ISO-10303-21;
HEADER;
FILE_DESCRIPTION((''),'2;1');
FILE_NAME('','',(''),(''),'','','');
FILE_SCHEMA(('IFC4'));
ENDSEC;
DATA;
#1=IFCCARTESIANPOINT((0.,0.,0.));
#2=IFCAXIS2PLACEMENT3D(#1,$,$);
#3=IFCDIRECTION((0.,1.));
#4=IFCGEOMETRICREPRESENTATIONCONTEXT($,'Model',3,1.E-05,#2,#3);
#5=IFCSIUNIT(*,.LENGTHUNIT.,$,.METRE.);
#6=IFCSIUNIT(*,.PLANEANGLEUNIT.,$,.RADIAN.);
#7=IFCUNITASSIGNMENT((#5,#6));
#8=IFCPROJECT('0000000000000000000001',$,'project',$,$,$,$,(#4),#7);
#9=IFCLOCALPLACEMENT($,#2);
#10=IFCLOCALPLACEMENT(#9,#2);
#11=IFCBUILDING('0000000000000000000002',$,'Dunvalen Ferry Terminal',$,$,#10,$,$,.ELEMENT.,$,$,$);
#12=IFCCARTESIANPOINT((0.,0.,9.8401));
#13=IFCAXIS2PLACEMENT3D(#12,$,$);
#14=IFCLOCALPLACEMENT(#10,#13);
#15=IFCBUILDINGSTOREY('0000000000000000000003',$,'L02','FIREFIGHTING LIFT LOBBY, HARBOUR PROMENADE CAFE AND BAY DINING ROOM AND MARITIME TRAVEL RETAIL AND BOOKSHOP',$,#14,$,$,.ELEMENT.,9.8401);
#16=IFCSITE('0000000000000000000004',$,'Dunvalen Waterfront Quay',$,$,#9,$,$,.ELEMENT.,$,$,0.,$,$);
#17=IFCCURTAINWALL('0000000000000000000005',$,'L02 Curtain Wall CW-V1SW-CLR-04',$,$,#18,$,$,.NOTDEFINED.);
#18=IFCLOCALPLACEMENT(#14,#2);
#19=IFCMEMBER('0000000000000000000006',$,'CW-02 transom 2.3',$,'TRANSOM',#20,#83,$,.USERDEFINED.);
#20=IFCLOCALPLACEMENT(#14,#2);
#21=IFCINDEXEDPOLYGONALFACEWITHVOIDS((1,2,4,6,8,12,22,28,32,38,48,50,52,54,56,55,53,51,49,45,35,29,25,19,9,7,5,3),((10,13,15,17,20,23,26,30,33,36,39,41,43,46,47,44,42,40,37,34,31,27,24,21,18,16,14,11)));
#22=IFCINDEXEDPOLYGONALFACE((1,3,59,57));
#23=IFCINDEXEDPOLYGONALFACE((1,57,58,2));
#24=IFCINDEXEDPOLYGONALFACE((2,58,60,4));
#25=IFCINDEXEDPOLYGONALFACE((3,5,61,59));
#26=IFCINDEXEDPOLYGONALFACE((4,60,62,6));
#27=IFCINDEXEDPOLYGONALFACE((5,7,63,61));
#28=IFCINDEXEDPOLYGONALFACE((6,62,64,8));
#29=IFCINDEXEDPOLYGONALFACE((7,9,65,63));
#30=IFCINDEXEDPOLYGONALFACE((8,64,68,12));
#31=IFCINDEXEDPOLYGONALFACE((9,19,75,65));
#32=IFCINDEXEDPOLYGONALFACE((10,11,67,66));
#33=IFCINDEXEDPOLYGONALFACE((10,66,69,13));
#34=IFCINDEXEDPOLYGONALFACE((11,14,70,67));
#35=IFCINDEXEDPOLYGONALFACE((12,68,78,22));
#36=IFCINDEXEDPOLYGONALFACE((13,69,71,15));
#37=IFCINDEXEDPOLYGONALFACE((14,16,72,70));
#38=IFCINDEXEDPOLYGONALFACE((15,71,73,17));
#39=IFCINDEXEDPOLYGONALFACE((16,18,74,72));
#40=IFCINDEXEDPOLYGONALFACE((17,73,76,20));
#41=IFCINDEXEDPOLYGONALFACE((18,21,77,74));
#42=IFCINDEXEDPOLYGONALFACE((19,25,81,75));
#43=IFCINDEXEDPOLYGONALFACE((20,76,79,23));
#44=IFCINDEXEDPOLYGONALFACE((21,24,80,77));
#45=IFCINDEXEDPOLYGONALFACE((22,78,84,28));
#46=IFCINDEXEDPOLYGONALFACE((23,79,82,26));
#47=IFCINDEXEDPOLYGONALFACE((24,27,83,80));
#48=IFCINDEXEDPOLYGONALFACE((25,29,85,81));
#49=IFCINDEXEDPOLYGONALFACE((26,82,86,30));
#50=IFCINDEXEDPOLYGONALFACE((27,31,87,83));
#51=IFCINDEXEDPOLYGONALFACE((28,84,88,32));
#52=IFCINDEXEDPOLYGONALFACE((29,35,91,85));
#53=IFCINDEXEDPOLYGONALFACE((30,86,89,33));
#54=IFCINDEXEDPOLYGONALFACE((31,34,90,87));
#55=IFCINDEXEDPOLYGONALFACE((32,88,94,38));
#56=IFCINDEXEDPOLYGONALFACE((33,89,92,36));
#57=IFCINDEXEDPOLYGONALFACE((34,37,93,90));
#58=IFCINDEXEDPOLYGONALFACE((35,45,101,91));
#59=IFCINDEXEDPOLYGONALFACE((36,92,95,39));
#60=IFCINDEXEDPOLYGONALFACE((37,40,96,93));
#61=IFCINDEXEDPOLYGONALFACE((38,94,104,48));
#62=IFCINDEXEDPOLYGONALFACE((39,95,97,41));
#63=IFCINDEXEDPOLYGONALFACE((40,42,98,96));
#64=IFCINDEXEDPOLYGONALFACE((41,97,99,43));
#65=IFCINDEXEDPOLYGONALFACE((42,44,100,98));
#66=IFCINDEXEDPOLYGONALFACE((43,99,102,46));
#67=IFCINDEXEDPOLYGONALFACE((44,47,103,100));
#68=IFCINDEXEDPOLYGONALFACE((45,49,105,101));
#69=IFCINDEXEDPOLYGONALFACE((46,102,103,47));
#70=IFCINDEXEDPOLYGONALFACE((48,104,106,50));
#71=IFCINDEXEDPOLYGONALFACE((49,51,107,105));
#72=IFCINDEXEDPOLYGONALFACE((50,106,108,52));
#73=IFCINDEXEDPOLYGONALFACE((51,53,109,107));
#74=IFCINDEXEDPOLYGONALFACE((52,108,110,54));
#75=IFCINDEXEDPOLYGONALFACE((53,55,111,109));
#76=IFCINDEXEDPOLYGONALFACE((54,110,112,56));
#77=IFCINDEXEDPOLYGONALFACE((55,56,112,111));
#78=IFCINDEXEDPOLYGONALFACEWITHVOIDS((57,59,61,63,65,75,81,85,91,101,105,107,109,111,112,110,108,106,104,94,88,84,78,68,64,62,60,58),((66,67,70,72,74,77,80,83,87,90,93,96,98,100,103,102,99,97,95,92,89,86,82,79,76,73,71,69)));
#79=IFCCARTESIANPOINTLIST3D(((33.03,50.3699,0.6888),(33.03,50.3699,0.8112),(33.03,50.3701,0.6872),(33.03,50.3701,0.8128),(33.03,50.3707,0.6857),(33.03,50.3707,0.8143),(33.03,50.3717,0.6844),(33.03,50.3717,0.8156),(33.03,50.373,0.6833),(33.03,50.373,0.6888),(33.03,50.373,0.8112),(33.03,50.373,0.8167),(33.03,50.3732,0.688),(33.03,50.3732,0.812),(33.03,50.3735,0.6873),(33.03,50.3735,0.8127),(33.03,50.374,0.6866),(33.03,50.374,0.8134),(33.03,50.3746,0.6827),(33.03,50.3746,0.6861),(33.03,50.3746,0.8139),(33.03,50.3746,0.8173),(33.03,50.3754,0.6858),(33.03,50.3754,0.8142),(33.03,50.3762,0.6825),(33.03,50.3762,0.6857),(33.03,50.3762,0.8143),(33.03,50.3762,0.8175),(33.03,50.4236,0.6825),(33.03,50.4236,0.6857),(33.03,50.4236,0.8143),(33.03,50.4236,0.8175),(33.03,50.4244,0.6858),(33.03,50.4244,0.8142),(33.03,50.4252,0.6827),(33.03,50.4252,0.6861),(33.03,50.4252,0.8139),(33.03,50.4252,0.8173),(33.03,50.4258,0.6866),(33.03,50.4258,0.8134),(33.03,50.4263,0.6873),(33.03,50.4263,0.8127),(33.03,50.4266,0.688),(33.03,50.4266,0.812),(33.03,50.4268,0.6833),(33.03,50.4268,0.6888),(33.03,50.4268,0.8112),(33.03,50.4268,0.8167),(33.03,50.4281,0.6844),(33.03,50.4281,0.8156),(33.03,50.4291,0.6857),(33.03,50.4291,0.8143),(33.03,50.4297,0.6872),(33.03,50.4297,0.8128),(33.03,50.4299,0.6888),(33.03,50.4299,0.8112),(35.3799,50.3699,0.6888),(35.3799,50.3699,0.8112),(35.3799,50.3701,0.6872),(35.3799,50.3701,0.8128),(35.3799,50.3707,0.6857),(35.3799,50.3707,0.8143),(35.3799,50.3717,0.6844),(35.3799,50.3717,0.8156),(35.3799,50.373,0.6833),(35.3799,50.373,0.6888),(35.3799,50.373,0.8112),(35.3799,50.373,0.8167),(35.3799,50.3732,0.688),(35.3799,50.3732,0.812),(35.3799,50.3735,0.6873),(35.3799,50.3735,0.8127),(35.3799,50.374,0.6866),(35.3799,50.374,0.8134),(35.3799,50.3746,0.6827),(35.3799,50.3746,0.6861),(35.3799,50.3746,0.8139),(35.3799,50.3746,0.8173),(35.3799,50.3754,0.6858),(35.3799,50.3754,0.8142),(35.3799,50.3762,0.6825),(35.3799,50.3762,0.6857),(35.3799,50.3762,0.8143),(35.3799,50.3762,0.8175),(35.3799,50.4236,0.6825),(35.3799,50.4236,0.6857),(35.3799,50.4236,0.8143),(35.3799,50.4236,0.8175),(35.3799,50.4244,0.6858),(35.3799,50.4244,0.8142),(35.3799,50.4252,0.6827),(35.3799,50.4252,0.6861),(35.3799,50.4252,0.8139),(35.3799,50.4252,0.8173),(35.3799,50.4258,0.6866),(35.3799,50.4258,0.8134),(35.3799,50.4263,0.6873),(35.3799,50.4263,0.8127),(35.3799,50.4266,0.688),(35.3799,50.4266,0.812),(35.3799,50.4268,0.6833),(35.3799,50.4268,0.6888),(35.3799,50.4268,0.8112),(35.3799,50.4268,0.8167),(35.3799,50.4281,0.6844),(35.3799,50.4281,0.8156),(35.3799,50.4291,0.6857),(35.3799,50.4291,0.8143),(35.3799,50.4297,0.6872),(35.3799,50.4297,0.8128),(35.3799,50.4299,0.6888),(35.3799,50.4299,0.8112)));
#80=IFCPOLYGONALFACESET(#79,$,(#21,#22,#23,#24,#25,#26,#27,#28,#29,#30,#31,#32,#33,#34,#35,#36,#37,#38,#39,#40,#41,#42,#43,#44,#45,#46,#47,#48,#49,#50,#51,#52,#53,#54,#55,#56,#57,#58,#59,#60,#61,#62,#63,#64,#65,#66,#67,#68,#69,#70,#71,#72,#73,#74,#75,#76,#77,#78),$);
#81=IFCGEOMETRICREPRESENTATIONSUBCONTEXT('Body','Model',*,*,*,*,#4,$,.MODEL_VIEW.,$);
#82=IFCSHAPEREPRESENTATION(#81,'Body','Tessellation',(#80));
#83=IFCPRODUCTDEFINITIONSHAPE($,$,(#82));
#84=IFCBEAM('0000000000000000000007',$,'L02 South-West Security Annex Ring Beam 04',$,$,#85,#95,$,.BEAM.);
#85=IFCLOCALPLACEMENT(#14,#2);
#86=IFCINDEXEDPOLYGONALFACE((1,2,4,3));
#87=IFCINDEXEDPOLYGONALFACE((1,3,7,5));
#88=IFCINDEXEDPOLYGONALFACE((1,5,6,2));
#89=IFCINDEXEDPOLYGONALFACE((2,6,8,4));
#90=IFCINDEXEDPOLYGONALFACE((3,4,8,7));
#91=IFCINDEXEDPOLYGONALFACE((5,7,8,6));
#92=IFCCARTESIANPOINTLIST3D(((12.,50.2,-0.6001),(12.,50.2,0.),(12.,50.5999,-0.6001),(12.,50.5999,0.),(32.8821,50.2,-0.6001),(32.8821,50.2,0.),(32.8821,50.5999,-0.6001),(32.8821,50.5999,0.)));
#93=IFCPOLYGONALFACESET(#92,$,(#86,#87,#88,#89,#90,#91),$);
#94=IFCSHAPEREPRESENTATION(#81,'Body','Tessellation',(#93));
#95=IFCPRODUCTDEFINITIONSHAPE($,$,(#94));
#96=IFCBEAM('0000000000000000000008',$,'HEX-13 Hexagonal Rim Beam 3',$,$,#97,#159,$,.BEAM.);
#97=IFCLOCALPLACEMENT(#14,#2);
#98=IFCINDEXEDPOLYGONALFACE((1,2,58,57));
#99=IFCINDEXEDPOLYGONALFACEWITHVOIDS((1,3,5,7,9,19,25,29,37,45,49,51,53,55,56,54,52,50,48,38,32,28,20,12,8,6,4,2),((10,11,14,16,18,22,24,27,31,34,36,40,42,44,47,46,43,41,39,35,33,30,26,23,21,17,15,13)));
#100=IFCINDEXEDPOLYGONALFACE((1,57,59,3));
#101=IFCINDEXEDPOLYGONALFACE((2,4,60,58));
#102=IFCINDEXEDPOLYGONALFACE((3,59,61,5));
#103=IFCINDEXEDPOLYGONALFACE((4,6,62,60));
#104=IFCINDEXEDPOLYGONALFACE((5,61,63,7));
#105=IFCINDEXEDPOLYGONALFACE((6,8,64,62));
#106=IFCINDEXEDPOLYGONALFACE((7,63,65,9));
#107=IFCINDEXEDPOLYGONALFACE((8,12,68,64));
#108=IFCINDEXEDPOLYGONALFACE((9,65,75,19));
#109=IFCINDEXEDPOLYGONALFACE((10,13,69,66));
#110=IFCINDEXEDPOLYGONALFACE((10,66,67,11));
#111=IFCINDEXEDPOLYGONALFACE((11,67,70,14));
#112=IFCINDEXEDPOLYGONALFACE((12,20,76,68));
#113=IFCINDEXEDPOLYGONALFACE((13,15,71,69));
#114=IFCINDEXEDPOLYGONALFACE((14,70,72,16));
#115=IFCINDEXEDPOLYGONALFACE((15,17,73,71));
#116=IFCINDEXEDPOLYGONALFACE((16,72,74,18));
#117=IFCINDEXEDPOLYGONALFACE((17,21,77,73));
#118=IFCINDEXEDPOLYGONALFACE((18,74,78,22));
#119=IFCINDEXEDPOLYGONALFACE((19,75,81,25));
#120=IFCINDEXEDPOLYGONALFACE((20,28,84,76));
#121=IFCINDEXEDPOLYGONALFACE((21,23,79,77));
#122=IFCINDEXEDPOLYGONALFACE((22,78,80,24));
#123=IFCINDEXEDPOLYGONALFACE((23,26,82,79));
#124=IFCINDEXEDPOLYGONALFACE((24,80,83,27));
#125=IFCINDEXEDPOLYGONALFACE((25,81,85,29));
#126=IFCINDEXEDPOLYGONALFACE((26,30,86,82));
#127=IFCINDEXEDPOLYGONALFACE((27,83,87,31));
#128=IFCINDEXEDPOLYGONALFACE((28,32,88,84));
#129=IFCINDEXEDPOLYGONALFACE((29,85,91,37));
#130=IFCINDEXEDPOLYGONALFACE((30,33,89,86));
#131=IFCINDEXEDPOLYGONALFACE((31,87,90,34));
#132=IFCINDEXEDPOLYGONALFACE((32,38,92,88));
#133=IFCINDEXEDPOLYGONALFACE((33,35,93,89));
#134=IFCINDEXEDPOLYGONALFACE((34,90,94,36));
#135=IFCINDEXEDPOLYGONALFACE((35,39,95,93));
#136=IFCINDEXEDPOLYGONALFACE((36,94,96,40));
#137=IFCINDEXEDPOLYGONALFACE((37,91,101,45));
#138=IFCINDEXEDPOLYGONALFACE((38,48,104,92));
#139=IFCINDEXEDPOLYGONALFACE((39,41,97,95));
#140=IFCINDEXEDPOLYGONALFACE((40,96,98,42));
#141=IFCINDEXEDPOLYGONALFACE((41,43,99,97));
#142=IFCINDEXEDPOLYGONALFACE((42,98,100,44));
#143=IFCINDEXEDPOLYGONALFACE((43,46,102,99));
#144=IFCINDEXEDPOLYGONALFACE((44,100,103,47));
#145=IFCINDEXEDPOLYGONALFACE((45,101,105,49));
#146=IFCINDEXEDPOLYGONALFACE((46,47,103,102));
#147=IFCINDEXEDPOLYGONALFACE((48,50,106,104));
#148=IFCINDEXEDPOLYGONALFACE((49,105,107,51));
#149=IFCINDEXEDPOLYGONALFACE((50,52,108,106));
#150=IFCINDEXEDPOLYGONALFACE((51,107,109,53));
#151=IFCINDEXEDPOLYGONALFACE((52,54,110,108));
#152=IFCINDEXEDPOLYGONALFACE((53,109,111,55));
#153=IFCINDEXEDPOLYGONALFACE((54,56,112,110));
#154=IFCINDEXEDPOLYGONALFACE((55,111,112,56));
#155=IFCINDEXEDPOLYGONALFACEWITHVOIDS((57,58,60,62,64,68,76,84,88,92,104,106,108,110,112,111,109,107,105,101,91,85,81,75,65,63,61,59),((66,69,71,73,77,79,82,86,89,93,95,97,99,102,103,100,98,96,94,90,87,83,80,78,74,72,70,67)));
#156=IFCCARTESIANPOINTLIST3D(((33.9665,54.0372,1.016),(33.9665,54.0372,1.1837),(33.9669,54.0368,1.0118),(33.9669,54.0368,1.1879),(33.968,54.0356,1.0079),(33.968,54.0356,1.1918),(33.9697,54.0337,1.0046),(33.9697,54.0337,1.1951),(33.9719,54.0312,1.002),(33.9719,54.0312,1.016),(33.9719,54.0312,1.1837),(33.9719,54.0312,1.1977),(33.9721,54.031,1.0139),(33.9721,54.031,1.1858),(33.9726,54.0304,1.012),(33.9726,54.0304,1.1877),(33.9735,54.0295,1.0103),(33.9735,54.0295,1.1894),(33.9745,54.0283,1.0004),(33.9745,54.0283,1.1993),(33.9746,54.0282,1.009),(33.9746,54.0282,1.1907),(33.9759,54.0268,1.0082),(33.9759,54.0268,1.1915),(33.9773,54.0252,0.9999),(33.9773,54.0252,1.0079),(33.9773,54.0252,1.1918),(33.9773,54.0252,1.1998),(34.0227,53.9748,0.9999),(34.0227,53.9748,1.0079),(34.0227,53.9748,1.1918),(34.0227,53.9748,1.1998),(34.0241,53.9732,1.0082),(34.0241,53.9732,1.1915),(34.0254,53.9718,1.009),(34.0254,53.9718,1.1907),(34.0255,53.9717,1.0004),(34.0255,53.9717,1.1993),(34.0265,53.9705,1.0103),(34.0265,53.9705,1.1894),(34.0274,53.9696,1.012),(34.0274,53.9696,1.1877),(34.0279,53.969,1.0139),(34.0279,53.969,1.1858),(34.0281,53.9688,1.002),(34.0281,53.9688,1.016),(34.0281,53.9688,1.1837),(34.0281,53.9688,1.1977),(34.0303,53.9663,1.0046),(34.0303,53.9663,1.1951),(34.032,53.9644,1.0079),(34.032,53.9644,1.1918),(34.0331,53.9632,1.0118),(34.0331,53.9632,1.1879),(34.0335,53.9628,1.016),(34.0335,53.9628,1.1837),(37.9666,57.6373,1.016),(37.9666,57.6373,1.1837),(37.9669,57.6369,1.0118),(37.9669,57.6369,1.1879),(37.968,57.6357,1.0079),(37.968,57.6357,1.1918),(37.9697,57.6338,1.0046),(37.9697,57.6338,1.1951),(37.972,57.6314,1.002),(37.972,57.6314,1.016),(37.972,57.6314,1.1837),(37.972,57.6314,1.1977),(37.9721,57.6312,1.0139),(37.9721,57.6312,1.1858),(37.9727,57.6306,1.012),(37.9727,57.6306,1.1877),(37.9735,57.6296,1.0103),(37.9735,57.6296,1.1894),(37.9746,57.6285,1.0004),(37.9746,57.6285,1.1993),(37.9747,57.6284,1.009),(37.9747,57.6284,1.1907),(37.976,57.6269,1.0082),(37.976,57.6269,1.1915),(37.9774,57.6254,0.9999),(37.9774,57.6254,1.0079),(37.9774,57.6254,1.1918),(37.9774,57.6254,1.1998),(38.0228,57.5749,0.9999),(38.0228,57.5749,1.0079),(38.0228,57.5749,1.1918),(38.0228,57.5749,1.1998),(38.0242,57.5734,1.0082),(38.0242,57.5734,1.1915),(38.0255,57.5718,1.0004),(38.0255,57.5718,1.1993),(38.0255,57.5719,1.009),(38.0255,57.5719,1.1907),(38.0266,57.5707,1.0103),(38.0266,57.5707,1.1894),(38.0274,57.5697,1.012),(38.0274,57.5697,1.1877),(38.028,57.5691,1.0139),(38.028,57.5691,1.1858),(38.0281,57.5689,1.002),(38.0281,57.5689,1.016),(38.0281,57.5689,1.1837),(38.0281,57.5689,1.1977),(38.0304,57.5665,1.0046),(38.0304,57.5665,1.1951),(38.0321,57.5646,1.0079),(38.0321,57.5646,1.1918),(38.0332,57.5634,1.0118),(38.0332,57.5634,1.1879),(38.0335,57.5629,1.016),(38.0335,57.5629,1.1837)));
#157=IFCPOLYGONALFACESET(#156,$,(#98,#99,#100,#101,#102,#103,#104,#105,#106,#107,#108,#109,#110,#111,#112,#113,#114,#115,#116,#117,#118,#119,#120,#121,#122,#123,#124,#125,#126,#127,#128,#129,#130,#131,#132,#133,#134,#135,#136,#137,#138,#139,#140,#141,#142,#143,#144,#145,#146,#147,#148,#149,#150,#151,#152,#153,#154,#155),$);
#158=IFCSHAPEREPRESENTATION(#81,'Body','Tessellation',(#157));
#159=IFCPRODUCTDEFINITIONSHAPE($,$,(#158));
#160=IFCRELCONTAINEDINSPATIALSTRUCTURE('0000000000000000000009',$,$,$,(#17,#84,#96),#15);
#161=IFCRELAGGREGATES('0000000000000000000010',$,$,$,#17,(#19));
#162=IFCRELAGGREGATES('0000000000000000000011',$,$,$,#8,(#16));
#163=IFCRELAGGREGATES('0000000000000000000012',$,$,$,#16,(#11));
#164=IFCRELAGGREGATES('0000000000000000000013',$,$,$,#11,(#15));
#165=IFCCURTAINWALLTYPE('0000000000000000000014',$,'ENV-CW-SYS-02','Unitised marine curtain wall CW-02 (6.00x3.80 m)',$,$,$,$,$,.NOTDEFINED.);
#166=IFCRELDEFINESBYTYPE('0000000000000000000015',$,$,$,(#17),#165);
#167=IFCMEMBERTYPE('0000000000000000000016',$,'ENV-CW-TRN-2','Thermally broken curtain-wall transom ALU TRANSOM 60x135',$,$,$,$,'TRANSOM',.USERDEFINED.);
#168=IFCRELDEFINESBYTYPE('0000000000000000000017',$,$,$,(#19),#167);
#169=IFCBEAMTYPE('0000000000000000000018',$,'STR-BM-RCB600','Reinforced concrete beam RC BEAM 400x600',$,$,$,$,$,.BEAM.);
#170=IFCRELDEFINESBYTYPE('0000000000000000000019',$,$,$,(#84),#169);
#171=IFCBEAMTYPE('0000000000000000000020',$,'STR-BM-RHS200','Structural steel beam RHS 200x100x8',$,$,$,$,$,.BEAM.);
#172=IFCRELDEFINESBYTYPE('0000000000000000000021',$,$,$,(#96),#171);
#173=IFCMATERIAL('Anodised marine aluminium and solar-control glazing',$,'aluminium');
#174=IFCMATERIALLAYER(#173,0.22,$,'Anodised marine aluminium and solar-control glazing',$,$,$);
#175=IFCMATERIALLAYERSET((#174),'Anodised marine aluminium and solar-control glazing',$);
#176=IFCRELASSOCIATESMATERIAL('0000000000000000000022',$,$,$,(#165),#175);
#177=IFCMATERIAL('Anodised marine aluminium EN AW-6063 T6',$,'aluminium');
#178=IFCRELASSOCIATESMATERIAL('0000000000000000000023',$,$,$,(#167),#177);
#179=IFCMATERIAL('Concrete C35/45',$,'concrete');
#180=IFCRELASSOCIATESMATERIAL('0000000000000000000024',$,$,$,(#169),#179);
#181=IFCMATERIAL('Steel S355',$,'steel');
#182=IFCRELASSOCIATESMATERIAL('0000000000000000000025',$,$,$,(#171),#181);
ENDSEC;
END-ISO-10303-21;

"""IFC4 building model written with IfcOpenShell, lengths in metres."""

from ifc_helpers import new_model, si_unit, direction, frame, origin, origin_2d, place, context, subcontext, project, spatial, rectangle, hollow_rectangle, extrude, material, layer, layer_set, material_profile, profile_set, type_object, element, aggregate, save


model = new_model("IFC4")

# Units and contexts
model_context = context("Model", 3, precision=1e-05, world=origin(), true_north=direction((0.0, 1.0)))
body_context = subcontext(model_context, "Body", "Model", "MODEL_VIEW")
ifc_project = project(units=[si_unit("LENGTHUNIT", "METRE"), si_unit("PLANEANGLEUNIT", "RADIAN")], contexts=[model_context])

# Site, building, storey
site_placement = place(None, origin())
site = spatial("IfcSite", under=ifc_project, at=site_placement, Name="Dunvalen Waterfront Quay", CompositionType="ELEMENT", RefElevation=0.0)
building_placement = place(site_placement, origin())
building = spatial("IfcBuilding", under=site, at=building_placement, Name="Dunvalen Ferry Terminal", CompositionType="ELEMENT")
storey_placement = place(building_placement, frame((0.0, 0.0, 9.8401)))
storey = spatial("IfcBuildingStorey", under=building, at=storey_placement, Name="L02", Description="FIREFIGHTING LIFT LOBBY, HARBOUR PROMENADE CAFE AND BAY DINING ROOM AND MARITIME TRAVEL RETAIL AND BOOKSHOP", CompositionType="ELEMENT", Elevation=9.8401)

# Shared definitions
ifc_material_1 = material(Name="Anodised marine aluminium and solar-control glazing", Category="aluminium")
ifc_layer_1 = layer(ifc_material_1, 0.22, Name="Anodised marine aluminium and solar-control glazing")
ifc_layer_set_1 = layer_set([ifc_layer_1], Name="Anodised marine aluminium and solar-control glazing")
curtain_wall_type = type_object("IfcCurtainWallType", Name="ENV-CW-SYS-02", Description="Unitised marine curtain wall CW-02 (6.00x3.80 m)", PredefinedType="NOTDEFINED", material=ifc_layer_set_1)
ifc_material_2 = material(Name="Anodised marine aluminium EN AW-6063 T6", Category="aluminium")

# Curtain wall, member
curtain_wall_1_placement = place(storey_placement, origin())
curtain_wall_1 = element("IfcCurtainWall", 1, at=curtain_wall_1_placement, inside=storey, type_object=curtain_wall_type, Name="L02 Curtain Wall CW-V1SW-CLR-04", PredefinedType="NOTDEFINED")
ifc_material_profile_1 = material_profile(ifc_material_2, hollow_rectangle(XDim=0.0601, YDim=0.135, WallThickness=0.0032, InnerFilletRadius=0.0032, OuterFilletRadius=0.0063, at=origin_2d()), Name="Anodised marine aluminium EN AW-6063 T6")
ifc_profile_set_1 = profile_set([ifc_material_profile_1], Name="Anodised marine aluminium EN AW-6063 T6")
member_type_1 = type_object("IfcMemberType", Name="ENV-CW-TRN-2", Description="Thermally broken curtain-wall transom ALU TRANSOM 60x135", ElementType="TRANSOM", PredefinedType="USERDEFINED", material=ifc_profile_set_1)
member_1_placement = place(storey_placement, frame((33.03, 50.3999, 0.75), z_axis=(1.0, 0.0, 0.0), x_axis=(0.0, 1.0, 0.0)))
member_1 = element("IfcMember", 2, at=member_1_placement, type_object=member_type_1, Name="CW-02 transom 2.3", ObjectType="TRANSOM", PredefinedType="USERDEFINED", context=body_context, shape_type="SweptSolid", body=[
    extrude(hollow_rectangle(XDim=0.0601, YDim=0.135, WallThickness=0.0032, InnerFilletRadius=0.0032, OuterFilletRadius=0.0063, at=origin_2d()), origin(), (0.0, 0.0, 1.0), 2.3499),
])

# Beams
ifc_material_3 = material(Name="Concrete C35/45", Category="concrete")
ifc_material_profile_2 = material_profile(ifc_material_3, rectangle(XDim=0.3999, YDim=0.6001, at=origin_2d()), Name="Concrete C35/45")
ifc_profile_set_2 = profile_set([ifc_material_profile_2], Name="Concrete C35/45")
beam_type_1 = type_object("IfcBeamType", Name="STR-BM-RCB600", Description="Reinforced concrete beam RC BEAM 400x600", PredefinedType="BEAM", material=ifc_profile_set_2)
beam_1_placement = place(storey_placement, frame((32.8821, 50.3999, -0.3), z_axis=(-1.0, 0.0, 0.0), x_axis=(0.0, -1.0, 0.0)))
element("IfcBeam", 3, at=beam_1_placement, inside=storey, type_object=beam_type_1, Name="L02 South-West Security Annex Ring Beam 04", PredefinedType="BEAM", context=body_context, shape_type="SweptSolid", body=[
    extrude(rectangle(XDim=0.3999, YDim=0.6001, at=origin_2d()), origin(), (0.0, 0.0, 1.0), 20.8821),
])
ifc_material_4 = material(Name="Steel S355", Category="steel")
ifc_material_profile_3 = material_profile(ifc_material_4, hollow_rectangle(XDim=0.1001, YDim=0.2, WallThickness=0.0081, InnerFilletRadius=0.0081, OuterFilletRadius=0.0161, at=origin_2d()), Name="Steel S355")
ifc_profile_set_3 = profile_set([ifc_material_profile_3], Name="Steel S355")
beam_type_2 = type_object("IfcBeamType", Name="STR-BM-RHS200", Description="Structural steel beam RHS 200x100x8", PredefinedType="BEAM", material=ifc_profile_set_3)
beam_2_placement = place(storey_placement, frame((34.0, 54.0, 1.0999), z_axis=(0.743285, 0.668975, 0.0), x_axis=(-0.668975, 0.743285, 0.0)))
element("IfcBeam", 4, at=beam_2_placement, inside=storey, type_object=beam_type_2, Name="HEX-13 Hexagonal Rim Beam 3", PredefinedType="BEAM", context=body_context, shape_type="SweptSolid", body=[
    extrude(hollow_rectangle(XDim=0.1001, YDim=0.2, WallThickness=0.0081, InnerFilletRadius=0.0081, OuterFilletRadius=0.0161, at=origin_2d()), origin(), (0.0, 0.0, 1.0), 5.3816),
])

aggregate(curtain_wall_1, [member_1])

save(model, "model.ifc")
